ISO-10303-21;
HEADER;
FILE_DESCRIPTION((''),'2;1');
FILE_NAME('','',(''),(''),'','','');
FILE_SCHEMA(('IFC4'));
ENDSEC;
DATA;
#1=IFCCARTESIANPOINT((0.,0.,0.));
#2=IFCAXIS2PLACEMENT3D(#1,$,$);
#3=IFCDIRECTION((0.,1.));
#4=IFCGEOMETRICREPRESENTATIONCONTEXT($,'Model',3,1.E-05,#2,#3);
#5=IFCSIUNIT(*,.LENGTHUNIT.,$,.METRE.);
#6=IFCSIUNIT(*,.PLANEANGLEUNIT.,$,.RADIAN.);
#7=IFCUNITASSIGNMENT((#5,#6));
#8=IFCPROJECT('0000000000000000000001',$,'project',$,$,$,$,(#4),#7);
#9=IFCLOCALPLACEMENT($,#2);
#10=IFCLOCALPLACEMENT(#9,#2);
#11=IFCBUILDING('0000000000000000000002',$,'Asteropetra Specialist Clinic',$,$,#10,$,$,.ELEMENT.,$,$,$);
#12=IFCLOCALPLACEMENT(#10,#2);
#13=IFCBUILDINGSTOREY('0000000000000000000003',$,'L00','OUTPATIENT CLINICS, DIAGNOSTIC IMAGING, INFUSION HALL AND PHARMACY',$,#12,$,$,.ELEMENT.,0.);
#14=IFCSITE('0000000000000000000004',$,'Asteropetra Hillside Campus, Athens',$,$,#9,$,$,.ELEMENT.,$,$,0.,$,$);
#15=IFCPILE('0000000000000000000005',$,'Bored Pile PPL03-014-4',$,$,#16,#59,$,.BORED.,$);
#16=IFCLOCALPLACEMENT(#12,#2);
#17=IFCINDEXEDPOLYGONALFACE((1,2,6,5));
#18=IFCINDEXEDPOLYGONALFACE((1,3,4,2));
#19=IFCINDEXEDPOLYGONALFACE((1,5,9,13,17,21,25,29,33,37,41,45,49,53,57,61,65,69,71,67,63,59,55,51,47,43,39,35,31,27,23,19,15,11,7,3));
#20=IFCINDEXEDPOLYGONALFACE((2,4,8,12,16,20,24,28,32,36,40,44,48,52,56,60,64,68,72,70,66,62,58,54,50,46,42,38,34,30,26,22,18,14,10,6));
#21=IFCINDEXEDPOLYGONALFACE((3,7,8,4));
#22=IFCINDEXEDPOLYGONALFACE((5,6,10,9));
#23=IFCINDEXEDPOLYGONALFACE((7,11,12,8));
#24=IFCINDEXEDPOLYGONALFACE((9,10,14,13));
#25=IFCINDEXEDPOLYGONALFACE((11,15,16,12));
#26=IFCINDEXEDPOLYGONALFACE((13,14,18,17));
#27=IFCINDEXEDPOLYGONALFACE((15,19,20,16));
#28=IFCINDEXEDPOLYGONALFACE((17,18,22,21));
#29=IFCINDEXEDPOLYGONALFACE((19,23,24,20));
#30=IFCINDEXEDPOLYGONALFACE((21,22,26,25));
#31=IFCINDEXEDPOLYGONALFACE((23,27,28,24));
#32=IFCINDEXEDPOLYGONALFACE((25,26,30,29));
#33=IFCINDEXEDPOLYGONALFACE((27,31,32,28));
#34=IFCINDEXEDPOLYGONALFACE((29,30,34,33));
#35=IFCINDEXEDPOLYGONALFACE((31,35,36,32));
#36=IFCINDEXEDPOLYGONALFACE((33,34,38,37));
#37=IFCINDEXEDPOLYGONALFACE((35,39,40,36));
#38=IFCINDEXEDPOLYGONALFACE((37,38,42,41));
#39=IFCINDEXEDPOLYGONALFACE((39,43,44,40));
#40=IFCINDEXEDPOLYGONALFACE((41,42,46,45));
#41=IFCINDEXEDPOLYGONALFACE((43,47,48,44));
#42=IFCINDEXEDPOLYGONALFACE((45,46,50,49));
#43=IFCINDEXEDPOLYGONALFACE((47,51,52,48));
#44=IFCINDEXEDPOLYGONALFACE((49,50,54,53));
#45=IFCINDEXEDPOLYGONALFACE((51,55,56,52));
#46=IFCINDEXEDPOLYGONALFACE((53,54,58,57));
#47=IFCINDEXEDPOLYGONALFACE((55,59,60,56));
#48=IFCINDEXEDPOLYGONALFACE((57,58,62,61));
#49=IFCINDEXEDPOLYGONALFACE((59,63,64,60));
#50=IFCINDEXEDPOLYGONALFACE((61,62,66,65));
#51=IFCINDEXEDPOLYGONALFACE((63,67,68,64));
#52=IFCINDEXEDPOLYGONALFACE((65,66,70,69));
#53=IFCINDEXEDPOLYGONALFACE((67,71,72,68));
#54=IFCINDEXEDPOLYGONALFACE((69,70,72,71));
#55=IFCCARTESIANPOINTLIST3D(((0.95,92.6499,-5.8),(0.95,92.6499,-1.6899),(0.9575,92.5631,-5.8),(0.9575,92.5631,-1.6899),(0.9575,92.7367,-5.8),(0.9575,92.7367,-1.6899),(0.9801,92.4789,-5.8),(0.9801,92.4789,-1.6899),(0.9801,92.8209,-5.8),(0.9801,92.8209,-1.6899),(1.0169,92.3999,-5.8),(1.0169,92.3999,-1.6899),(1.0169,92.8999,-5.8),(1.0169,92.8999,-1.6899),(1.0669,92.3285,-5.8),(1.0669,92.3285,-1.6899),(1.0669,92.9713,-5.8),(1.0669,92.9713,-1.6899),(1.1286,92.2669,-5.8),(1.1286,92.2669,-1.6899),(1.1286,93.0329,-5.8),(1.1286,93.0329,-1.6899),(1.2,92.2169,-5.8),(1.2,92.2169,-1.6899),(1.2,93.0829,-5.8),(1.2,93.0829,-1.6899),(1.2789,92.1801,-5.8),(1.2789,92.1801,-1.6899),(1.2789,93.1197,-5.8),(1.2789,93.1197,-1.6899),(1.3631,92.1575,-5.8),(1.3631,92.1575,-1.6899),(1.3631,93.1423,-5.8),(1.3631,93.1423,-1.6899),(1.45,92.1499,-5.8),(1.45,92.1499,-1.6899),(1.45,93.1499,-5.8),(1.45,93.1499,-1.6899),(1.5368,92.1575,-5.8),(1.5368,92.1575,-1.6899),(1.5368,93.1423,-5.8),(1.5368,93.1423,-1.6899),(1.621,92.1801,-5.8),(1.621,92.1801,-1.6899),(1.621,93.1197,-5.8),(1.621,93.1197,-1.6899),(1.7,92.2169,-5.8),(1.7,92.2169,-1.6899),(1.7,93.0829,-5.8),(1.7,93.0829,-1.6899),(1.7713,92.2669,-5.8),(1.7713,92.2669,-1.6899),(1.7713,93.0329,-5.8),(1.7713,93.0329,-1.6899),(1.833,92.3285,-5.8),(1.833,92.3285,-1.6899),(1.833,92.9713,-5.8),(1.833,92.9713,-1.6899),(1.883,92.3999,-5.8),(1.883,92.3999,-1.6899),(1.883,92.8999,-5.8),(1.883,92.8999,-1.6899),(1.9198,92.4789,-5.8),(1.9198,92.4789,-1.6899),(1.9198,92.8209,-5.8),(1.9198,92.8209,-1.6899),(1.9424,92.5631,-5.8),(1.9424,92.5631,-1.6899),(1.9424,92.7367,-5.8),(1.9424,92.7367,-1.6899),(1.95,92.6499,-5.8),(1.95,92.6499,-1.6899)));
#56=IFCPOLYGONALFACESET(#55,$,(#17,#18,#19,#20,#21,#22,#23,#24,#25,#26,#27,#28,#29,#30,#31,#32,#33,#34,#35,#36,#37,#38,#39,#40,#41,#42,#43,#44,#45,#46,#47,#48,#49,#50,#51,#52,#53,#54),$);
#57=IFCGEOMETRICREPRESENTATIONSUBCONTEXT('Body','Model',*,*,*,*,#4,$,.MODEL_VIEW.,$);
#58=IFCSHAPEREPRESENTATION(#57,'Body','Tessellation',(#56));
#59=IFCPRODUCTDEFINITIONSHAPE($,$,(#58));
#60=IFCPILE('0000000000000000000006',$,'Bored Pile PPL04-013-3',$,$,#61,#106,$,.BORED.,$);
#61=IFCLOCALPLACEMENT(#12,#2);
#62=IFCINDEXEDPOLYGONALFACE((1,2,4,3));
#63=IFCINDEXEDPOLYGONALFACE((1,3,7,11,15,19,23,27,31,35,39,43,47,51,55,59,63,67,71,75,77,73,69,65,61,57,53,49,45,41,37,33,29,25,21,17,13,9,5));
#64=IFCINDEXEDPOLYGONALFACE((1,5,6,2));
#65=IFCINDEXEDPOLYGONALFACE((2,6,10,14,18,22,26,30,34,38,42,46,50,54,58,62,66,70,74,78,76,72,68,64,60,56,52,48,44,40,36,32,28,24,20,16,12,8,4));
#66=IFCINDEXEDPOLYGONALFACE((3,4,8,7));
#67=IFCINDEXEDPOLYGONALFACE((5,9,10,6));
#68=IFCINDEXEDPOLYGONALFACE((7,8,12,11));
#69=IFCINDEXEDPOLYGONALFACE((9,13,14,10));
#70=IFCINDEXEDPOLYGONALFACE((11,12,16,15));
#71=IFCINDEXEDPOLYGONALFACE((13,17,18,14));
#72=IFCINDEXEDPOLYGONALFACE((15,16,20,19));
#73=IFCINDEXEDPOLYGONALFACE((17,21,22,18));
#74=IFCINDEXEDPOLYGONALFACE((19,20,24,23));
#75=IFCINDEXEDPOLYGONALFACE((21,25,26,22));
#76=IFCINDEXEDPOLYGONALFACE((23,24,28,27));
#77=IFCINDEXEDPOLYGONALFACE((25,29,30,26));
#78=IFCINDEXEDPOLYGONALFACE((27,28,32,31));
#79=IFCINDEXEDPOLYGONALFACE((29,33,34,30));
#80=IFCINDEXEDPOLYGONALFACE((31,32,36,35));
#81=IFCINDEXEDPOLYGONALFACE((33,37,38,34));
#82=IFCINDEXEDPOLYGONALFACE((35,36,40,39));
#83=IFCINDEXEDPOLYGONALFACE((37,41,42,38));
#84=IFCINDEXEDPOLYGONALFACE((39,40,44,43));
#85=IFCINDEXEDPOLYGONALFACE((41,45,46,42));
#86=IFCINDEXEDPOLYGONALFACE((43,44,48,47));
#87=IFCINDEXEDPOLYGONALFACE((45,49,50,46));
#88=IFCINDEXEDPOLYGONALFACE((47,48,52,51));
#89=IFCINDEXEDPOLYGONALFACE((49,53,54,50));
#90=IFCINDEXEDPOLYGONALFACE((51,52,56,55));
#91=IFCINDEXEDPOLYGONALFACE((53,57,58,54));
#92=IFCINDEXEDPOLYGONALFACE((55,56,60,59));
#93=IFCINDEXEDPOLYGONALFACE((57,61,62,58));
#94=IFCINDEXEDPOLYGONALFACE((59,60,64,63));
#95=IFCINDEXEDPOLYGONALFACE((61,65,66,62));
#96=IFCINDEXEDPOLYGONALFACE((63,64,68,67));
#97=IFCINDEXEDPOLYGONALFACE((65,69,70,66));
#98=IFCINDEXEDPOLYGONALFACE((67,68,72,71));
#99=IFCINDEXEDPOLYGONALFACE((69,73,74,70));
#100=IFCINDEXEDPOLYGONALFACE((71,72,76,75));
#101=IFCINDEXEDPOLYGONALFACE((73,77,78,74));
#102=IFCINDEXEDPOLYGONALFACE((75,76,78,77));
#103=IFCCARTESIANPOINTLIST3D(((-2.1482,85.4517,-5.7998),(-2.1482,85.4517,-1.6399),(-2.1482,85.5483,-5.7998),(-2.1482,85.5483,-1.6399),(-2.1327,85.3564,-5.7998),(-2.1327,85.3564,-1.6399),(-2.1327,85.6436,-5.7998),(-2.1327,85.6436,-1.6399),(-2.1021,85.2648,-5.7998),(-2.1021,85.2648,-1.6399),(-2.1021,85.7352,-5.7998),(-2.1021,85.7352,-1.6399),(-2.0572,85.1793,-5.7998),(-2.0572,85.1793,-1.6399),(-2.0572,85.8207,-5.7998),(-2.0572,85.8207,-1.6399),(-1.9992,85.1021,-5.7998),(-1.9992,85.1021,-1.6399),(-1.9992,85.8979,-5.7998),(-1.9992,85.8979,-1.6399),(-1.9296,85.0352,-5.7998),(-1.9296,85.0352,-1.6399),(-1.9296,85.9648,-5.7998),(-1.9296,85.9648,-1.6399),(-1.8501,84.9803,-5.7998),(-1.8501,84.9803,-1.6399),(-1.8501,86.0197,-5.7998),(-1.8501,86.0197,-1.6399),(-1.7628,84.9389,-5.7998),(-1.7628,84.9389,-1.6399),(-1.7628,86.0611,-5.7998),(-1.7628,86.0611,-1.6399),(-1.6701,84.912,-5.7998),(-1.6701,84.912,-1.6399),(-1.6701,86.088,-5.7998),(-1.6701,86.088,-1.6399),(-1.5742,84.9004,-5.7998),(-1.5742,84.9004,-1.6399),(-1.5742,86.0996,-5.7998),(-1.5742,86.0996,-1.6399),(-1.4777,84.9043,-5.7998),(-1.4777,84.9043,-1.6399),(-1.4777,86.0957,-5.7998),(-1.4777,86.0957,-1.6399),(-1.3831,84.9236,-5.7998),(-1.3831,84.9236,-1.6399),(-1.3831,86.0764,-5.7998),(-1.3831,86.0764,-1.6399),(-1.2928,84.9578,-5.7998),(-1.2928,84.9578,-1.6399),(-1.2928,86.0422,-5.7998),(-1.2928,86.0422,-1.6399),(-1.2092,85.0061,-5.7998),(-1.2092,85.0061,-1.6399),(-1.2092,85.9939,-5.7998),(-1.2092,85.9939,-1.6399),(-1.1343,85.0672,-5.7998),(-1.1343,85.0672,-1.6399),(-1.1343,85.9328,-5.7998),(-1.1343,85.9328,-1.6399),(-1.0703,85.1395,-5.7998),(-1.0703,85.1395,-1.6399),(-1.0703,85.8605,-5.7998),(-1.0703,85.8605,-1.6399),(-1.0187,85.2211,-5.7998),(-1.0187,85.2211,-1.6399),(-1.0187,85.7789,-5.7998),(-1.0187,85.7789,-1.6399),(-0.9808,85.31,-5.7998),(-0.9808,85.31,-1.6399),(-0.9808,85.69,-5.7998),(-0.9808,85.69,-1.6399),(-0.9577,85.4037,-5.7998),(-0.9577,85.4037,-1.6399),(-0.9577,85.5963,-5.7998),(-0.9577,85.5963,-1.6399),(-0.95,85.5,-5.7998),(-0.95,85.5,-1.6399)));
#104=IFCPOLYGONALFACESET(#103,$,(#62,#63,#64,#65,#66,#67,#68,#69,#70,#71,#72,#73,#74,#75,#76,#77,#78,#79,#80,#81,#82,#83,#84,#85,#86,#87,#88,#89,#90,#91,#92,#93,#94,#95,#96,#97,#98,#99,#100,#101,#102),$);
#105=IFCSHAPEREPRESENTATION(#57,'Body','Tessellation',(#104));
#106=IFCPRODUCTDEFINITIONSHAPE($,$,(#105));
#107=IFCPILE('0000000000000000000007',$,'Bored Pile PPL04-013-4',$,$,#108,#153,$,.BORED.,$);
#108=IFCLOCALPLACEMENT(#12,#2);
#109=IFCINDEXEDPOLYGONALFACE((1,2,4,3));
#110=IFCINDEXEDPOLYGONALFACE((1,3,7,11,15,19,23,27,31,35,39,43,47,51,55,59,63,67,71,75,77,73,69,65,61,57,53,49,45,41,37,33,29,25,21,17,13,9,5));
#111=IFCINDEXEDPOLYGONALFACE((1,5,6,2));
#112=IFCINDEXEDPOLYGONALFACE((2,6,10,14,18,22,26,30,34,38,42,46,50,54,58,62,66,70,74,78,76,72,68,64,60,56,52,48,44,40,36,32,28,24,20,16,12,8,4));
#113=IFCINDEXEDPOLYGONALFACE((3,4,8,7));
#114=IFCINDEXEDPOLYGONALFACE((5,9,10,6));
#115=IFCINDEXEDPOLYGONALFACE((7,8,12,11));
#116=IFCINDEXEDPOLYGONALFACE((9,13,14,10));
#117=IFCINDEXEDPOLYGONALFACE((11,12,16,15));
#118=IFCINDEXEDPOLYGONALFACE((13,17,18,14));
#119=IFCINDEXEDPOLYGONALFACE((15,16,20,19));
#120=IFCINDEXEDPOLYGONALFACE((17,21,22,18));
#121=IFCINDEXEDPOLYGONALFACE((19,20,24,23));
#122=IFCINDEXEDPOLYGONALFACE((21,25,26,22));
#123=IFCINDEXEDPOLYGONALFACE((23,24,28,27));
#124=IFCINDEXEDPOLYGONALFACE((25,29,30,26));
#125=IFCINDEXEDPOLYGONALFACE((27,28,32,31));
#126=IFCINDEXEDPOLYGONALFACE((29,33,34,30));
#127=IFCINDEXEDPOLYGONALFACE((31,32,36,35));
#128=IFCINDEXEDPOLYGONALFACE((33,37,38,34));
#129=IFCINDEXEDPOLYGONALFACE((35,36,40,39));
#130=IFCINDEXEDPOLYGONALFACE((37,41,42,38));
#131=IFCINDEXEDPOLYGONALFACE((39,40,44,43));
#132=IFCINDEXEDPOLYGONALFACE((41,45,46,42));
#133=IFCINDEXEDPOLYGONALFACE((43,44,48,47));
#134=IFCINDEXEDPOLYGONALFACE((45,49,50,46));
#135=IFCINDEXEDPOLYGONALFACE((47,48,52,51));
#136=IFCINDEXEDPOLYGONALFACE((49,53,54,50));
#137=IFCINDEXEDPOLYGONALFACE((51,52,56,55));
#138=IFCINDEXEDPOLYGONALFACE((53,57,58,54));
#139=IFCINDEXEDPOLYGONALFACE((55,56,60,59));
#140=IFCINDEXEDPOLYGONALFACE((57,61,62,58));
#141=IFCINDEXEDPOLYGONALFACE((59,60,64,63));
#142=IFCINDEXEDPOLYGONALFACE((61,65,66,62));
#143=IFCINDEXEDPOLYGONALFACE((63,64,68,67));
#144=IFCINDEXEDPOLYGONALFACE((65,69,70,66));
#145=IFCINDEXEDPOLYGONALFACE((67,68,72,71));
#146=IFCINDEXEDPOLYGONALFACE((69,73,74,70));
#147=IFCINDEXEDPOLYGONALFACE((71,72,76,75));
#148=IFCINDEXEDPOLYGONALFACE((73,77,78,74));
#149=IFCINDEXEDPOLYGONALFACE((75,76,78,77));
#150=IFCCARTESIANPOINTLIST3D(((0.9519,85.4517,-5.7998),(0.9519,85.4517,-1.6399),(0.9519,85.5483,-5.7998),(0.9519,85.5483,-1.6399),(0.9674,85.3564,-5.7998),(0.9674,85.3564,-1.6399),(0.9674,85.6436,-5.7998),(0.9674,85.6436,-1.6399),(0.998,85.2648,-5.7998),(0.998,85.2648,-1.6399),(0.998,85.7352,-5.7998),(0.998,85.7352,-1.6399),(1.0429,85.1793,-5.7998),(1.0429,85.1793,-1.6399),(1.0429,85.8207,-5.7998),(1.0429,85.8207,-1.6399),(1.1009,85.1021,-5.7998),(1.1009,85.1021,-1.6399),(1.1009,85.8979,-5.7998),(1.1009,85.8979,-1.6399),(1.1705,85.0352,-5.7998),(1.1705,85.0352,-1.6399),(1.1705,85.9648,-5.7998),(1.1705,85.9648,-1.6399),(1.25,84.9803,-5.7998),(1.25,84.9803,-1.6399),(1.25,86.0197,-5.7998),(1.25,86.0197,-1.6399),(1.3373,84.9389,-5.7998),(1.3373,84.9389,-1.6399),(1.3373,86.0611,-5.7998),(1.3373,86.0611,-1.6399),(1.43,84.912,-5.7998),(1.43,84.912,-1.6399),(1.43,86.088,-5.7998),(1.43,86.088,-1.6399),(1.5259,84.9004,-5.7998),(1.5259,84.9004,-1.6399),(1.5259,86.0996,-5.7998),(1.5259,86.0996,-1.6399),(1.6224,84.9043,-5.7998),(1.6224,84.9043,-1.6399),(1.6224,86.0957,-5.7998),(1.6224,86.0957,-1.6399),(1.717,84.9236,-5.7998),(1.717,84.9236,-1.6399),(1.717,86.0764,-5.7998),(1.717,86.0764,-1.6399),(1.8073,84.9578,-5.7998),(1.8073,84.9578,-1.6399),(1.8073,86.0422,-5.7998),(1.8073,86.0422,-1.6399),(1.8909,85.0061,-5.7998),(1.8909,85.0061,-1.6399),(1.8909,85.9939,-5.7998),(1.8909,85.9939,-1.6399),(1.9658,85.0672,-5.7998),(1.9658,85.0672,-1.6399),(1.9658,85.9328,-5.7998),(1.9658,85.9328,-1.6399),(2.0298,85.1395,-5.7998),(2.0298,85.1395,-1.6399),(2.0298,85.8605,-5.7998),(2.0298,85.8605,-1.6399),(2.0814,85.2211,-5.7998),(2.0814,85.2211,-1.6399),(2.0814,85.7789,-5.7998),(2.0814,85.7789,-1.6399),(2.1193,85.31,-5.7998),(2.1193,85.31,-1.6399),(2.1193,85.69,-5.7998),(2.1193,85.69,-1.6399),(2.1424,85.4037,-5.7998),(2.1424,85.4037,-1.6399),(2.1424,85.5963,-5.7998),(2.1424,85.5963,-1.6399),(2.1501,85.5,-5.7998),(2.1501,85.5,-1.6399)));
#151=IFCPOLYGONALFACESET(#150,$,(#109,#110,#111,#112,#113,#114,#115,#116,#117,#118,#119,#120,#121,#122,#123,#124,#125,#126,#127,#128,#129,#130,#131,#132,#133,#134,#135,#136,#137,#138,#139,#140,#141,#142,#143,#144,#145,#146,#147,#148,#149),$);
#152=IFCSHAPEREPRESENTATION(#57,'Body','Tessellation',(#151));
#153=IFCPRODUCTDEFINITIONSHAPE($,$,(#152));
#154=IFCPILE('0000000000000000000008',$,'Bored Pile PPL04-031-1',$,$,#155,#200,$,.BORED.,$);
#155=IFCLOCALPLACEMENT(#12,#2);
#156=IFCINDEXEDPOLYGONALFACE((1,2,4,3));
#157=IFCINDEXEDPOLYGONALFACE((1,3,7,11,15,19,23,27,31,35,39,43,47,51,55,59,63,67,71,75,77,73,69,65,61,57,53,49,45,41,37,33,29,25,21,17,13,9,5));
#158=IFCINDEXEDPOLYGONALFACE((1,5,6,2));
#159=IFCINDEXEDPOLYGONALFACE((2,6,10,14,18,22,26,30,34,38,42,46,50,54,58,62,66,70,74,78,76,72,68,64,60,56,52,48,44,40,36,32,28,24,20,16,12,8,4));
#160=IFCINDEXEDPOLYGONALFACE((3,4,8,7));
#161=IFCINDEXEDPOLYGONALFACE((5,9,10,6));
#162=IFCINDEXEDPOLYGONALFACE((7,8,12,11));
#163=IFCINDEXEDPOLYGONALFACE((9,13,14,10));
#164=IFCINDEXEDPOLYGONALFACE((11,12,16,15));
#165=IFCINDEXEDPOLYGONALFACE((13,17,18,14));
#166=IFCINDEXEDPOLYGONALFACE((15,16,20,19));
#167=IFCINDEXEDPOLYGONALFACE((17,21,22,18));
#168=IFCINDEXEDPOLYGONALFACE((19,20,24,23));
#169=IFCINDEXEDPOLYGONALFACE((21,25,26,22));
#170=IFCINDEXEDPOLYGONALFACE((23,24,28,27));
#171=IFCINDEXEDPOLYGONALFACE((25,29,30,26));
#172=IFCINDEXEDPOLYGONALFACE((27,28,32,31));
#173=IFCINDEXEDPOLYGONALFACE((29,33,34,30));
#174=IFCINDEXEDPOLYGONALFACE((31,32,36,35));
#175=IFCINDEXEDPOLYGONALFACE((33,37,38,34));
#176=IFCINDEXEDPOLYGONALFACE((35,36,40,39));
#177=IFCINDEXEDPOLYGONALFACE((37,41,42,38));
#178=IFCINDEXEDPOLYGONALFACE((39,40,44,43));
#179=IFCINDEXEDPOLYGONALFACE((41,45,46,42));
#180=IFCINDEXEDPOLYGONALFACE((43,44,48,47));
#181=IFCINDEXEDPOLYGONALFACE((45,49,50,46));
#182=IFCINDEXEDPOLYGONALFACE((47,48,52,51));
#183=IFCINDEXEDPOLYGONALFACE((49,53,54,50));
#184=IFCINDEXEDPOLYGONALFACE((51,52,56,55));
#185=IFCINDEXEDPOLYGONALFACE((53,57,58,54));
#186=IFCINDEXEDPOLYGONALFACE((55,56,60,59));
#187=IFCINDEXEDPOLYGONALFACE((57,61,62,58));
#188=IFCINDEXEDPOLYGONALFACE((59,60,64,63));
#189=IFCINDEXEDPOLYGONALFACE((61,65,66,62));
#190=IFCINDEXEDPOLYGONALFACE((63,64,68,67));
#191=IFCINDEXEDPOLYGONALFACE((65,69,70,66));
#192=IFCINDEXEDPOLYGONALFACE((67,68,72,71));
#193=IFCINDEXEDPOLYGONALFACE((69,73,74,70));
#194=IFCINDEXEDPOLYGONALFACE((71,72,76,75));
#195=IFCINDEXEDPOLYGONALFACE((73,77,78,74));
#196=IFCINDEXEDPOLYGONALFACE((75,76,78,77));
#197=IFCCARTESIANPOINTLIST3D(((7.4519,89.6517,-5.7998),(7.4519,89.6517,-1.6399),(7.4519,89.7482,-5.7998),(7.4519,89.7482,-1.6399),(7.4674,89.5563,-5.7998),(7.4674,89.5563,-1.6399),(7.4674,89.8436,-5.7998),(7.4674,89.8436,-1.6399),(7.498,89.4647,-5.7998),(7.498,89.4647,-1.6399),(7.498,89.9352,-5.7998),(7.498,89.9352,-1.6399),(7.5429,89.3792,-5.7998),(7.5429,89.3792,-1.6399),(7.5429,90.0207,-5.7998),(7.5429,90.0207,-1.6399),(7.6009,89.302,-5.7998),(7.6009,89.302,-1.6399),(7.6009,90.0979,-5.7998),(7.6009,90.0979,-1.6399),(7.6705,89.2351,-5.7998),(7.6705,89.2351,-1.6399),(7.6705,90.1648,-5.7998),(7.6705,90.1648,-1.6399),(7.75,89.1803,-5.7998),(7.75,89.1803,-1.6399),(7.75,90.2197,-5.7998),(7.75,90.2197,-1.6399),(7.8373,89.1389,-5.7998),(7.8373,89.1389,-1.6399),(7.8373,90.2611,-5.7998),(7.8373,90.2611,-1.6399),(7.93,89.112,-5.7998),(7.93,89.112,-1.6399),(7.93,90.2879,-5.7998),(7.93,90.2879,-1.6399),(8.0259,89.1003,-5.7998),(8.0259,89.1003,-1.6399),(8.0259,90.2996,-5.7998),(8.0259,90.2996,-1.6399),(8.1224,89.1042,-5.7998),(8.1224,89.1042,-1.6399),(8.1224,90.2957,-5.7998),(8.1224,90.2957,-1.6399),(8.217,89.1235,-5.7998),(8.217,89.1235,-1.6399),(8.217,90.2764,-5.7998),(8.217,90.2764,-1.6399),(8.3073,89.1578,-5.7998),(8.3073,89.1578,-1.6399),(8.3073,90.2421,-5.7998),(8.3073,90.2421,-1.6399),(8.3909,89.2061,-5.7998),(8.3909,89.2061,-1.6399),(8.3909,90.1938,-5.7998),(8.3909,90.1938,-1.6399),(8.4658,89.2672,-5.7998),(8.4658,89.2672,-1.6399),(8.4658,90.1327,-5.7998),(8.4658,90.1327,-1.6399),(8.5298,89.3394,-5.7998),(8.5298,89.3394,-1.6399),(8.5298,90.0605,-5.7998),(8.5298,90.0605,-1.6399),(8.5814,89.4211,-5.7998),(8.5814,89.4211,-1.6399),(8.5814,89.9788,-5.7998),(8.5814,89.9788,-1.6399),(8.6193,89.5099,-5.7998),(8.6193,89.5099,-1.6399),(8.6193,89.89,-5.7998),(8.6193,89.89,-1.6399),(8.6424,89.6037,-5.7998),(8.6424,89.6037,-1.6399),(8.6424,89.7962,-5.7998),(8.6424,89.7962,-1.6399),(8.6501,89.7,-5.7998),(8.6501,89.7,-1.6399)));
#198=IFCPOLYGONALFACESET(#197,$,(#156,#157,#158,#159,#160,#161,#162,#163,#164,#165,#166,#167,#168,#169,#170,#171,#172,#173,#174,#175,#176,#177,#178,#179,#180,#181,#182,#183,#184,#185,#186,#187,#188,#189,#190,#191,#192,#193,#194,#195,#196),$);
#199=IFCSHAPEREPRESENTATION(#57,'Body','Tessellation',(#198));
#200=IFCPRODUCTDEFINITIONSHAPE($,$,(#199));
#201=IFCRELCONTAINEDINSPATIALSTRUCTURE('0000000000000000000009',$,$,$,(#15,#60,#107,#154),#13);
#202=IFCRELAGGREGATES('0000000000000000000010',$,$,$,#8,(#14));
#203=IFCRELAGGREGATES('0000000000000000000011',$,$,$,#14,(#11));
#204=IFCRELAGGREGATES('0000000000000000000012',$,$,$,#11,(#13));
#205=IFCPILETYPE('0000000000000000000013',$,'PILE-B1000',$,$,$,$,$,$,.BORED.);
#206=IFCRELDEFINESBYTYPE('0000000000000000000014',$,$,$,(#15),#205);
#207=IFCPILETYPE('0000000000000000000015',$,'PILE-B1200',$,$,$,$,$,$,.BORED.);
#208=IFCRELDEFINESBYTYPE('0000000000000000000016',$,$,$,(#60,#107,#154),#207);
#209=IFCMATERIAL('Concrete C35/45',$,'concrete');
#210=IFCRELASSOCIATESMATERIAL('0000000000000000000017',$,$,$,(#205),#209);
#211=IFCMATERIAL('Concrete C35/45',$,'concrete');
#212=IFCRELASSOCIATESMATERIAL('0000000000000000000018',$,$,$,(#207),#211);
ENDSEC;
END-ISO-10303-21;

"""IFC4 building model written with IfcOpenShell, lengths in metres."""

from ifc_helpers import new_model, si_unit, direction, frame, origin, origin_2d, place, context, subcontext, project, spatial, circle, extrude, material, material_profile, profile_set, type_object, element, save


model = new_model("IFC4")

# Units and contexts
model_context = context("Model", 3, precision=1e-05, world=origin(), true_north=direction((0.0, 1.0)))
body_context = subcontext(model_context, "Body", "Model", "MODEL_VIEW")
ifc_project = project(units=[si_unit("LENGTHUNIT", "METRE"), si_unit("PLANEANGLEUNIT", "RADIAN")], contexts=[model_context])

# Site, building, storey
site_placement = place(None, origin())
site = spatial("IfcSite", under=ifc_project, at=site_placement, Name="Asteropetra Hillside Campus, Athens", CompositionType="ELEMENT", RefElevation=0.0)
building_placement = place(site_placement, origin())
building = spatial("IfcBuilding", under=site, at=building_placement, Name="Asteropetra Specialist Clinic", CompositionType="ELEMENT")
storey_placement = place(building_placement, origin())
storey = spatial("IfcBuildingStorey", under=building, at=storey_placement, Name="L00", Description="OUTPATIENT CLINICS, DIAGNOSTIC IMAGING, INFUSION HALL AND PHARMACY", CompositionType="ELEMENT", Elevation=0.0)

# Piles
ifc_material_1 = material(Name="Concrete C35/45", Category="concrete")
ifc_material_profile_1 = material_profile(ifc_material_1, circle(Radius=0.5, at=origin_2d()), Name="PILE D1000")
ifc_profile_set_1 = profile_set([ifc_material_profile_1], Name="Concrete C35/45")
pile_type_1 = type_object("IfcPileType", Name="PILE-B1000", PredefinedType="BORED", material=ifc_profile_set_1)
for number, where, z_axis, x_axis, name in (
    (1, (1.45, 92.6499, -1.6899), (0.0, 0.0, -1.0), (1.0, 0.0, 0.0), "Bored Pile PPL03-014-4"),
):
    element("IfcPile", number, at=place(storey_placement, frame(where, z_axis=z_axis, x_axis=x_axis)), inside=storey, type_object=pile_type_1, Name=name, PredefinedType="BORED", context=body_context, shape_type="SweptSolid", body=[
        extrude(circle(Radius=0.5, at=origin_2d()), origin(), (0.0, 0.0, 1.0), 4.1101),
    ])
ifc_material_2 = material(Name="Concrete C35/45", Category="concrete")
ifc_material_profile_2 = material_profile(ifc_material_2, circle(Radius=0.6001, at=origin_2d()), Name="PILE D1200")
ifc_profile_set_2 = profile_set([ifc_material_profile_2], Name="Concrete C35/45")
pile_type_2 = type_object("IfcPileType", Name="PILE-B1200", PredefinedType="BORED", material=ifc_profile_set_2)
for number, where, z_axis, x_axis, name in (
    (2, (-1.55, 85.5, -1.6399), (0.0, 0.0, -1.0), (1.0, 0.0, 0.0), "Bored Pile PPL04-013-3"),
    (3, (1.55, 85.5, -1.6399), (0.0, 0.0, -1.0), (1.0, 0.0, 0.0), "Bored Pile PPL04-013-4"),
    (4, (8.05, 89.7, -1.6399), (0.0, 0.0, -1.0), (1.0, 0.0, 0.0), "Bored Pile PPL04-031-1"),
):
    element("IfcPile", number, at=place(storey_placement, frame(where, z_axis=z_axis, x_axis=x_axis)), inside=storey, type_object=pile_type_2, Name=name, PredefinedType="BORED", context=body_context, shape_type="SweptSolid", body=[
        extrude(circle(Radius=0.6001, at=origin_2d()), origin(), (0.0, 0.0, 1.0), 4.1599),
    ])

save(model, "model.ifc")
